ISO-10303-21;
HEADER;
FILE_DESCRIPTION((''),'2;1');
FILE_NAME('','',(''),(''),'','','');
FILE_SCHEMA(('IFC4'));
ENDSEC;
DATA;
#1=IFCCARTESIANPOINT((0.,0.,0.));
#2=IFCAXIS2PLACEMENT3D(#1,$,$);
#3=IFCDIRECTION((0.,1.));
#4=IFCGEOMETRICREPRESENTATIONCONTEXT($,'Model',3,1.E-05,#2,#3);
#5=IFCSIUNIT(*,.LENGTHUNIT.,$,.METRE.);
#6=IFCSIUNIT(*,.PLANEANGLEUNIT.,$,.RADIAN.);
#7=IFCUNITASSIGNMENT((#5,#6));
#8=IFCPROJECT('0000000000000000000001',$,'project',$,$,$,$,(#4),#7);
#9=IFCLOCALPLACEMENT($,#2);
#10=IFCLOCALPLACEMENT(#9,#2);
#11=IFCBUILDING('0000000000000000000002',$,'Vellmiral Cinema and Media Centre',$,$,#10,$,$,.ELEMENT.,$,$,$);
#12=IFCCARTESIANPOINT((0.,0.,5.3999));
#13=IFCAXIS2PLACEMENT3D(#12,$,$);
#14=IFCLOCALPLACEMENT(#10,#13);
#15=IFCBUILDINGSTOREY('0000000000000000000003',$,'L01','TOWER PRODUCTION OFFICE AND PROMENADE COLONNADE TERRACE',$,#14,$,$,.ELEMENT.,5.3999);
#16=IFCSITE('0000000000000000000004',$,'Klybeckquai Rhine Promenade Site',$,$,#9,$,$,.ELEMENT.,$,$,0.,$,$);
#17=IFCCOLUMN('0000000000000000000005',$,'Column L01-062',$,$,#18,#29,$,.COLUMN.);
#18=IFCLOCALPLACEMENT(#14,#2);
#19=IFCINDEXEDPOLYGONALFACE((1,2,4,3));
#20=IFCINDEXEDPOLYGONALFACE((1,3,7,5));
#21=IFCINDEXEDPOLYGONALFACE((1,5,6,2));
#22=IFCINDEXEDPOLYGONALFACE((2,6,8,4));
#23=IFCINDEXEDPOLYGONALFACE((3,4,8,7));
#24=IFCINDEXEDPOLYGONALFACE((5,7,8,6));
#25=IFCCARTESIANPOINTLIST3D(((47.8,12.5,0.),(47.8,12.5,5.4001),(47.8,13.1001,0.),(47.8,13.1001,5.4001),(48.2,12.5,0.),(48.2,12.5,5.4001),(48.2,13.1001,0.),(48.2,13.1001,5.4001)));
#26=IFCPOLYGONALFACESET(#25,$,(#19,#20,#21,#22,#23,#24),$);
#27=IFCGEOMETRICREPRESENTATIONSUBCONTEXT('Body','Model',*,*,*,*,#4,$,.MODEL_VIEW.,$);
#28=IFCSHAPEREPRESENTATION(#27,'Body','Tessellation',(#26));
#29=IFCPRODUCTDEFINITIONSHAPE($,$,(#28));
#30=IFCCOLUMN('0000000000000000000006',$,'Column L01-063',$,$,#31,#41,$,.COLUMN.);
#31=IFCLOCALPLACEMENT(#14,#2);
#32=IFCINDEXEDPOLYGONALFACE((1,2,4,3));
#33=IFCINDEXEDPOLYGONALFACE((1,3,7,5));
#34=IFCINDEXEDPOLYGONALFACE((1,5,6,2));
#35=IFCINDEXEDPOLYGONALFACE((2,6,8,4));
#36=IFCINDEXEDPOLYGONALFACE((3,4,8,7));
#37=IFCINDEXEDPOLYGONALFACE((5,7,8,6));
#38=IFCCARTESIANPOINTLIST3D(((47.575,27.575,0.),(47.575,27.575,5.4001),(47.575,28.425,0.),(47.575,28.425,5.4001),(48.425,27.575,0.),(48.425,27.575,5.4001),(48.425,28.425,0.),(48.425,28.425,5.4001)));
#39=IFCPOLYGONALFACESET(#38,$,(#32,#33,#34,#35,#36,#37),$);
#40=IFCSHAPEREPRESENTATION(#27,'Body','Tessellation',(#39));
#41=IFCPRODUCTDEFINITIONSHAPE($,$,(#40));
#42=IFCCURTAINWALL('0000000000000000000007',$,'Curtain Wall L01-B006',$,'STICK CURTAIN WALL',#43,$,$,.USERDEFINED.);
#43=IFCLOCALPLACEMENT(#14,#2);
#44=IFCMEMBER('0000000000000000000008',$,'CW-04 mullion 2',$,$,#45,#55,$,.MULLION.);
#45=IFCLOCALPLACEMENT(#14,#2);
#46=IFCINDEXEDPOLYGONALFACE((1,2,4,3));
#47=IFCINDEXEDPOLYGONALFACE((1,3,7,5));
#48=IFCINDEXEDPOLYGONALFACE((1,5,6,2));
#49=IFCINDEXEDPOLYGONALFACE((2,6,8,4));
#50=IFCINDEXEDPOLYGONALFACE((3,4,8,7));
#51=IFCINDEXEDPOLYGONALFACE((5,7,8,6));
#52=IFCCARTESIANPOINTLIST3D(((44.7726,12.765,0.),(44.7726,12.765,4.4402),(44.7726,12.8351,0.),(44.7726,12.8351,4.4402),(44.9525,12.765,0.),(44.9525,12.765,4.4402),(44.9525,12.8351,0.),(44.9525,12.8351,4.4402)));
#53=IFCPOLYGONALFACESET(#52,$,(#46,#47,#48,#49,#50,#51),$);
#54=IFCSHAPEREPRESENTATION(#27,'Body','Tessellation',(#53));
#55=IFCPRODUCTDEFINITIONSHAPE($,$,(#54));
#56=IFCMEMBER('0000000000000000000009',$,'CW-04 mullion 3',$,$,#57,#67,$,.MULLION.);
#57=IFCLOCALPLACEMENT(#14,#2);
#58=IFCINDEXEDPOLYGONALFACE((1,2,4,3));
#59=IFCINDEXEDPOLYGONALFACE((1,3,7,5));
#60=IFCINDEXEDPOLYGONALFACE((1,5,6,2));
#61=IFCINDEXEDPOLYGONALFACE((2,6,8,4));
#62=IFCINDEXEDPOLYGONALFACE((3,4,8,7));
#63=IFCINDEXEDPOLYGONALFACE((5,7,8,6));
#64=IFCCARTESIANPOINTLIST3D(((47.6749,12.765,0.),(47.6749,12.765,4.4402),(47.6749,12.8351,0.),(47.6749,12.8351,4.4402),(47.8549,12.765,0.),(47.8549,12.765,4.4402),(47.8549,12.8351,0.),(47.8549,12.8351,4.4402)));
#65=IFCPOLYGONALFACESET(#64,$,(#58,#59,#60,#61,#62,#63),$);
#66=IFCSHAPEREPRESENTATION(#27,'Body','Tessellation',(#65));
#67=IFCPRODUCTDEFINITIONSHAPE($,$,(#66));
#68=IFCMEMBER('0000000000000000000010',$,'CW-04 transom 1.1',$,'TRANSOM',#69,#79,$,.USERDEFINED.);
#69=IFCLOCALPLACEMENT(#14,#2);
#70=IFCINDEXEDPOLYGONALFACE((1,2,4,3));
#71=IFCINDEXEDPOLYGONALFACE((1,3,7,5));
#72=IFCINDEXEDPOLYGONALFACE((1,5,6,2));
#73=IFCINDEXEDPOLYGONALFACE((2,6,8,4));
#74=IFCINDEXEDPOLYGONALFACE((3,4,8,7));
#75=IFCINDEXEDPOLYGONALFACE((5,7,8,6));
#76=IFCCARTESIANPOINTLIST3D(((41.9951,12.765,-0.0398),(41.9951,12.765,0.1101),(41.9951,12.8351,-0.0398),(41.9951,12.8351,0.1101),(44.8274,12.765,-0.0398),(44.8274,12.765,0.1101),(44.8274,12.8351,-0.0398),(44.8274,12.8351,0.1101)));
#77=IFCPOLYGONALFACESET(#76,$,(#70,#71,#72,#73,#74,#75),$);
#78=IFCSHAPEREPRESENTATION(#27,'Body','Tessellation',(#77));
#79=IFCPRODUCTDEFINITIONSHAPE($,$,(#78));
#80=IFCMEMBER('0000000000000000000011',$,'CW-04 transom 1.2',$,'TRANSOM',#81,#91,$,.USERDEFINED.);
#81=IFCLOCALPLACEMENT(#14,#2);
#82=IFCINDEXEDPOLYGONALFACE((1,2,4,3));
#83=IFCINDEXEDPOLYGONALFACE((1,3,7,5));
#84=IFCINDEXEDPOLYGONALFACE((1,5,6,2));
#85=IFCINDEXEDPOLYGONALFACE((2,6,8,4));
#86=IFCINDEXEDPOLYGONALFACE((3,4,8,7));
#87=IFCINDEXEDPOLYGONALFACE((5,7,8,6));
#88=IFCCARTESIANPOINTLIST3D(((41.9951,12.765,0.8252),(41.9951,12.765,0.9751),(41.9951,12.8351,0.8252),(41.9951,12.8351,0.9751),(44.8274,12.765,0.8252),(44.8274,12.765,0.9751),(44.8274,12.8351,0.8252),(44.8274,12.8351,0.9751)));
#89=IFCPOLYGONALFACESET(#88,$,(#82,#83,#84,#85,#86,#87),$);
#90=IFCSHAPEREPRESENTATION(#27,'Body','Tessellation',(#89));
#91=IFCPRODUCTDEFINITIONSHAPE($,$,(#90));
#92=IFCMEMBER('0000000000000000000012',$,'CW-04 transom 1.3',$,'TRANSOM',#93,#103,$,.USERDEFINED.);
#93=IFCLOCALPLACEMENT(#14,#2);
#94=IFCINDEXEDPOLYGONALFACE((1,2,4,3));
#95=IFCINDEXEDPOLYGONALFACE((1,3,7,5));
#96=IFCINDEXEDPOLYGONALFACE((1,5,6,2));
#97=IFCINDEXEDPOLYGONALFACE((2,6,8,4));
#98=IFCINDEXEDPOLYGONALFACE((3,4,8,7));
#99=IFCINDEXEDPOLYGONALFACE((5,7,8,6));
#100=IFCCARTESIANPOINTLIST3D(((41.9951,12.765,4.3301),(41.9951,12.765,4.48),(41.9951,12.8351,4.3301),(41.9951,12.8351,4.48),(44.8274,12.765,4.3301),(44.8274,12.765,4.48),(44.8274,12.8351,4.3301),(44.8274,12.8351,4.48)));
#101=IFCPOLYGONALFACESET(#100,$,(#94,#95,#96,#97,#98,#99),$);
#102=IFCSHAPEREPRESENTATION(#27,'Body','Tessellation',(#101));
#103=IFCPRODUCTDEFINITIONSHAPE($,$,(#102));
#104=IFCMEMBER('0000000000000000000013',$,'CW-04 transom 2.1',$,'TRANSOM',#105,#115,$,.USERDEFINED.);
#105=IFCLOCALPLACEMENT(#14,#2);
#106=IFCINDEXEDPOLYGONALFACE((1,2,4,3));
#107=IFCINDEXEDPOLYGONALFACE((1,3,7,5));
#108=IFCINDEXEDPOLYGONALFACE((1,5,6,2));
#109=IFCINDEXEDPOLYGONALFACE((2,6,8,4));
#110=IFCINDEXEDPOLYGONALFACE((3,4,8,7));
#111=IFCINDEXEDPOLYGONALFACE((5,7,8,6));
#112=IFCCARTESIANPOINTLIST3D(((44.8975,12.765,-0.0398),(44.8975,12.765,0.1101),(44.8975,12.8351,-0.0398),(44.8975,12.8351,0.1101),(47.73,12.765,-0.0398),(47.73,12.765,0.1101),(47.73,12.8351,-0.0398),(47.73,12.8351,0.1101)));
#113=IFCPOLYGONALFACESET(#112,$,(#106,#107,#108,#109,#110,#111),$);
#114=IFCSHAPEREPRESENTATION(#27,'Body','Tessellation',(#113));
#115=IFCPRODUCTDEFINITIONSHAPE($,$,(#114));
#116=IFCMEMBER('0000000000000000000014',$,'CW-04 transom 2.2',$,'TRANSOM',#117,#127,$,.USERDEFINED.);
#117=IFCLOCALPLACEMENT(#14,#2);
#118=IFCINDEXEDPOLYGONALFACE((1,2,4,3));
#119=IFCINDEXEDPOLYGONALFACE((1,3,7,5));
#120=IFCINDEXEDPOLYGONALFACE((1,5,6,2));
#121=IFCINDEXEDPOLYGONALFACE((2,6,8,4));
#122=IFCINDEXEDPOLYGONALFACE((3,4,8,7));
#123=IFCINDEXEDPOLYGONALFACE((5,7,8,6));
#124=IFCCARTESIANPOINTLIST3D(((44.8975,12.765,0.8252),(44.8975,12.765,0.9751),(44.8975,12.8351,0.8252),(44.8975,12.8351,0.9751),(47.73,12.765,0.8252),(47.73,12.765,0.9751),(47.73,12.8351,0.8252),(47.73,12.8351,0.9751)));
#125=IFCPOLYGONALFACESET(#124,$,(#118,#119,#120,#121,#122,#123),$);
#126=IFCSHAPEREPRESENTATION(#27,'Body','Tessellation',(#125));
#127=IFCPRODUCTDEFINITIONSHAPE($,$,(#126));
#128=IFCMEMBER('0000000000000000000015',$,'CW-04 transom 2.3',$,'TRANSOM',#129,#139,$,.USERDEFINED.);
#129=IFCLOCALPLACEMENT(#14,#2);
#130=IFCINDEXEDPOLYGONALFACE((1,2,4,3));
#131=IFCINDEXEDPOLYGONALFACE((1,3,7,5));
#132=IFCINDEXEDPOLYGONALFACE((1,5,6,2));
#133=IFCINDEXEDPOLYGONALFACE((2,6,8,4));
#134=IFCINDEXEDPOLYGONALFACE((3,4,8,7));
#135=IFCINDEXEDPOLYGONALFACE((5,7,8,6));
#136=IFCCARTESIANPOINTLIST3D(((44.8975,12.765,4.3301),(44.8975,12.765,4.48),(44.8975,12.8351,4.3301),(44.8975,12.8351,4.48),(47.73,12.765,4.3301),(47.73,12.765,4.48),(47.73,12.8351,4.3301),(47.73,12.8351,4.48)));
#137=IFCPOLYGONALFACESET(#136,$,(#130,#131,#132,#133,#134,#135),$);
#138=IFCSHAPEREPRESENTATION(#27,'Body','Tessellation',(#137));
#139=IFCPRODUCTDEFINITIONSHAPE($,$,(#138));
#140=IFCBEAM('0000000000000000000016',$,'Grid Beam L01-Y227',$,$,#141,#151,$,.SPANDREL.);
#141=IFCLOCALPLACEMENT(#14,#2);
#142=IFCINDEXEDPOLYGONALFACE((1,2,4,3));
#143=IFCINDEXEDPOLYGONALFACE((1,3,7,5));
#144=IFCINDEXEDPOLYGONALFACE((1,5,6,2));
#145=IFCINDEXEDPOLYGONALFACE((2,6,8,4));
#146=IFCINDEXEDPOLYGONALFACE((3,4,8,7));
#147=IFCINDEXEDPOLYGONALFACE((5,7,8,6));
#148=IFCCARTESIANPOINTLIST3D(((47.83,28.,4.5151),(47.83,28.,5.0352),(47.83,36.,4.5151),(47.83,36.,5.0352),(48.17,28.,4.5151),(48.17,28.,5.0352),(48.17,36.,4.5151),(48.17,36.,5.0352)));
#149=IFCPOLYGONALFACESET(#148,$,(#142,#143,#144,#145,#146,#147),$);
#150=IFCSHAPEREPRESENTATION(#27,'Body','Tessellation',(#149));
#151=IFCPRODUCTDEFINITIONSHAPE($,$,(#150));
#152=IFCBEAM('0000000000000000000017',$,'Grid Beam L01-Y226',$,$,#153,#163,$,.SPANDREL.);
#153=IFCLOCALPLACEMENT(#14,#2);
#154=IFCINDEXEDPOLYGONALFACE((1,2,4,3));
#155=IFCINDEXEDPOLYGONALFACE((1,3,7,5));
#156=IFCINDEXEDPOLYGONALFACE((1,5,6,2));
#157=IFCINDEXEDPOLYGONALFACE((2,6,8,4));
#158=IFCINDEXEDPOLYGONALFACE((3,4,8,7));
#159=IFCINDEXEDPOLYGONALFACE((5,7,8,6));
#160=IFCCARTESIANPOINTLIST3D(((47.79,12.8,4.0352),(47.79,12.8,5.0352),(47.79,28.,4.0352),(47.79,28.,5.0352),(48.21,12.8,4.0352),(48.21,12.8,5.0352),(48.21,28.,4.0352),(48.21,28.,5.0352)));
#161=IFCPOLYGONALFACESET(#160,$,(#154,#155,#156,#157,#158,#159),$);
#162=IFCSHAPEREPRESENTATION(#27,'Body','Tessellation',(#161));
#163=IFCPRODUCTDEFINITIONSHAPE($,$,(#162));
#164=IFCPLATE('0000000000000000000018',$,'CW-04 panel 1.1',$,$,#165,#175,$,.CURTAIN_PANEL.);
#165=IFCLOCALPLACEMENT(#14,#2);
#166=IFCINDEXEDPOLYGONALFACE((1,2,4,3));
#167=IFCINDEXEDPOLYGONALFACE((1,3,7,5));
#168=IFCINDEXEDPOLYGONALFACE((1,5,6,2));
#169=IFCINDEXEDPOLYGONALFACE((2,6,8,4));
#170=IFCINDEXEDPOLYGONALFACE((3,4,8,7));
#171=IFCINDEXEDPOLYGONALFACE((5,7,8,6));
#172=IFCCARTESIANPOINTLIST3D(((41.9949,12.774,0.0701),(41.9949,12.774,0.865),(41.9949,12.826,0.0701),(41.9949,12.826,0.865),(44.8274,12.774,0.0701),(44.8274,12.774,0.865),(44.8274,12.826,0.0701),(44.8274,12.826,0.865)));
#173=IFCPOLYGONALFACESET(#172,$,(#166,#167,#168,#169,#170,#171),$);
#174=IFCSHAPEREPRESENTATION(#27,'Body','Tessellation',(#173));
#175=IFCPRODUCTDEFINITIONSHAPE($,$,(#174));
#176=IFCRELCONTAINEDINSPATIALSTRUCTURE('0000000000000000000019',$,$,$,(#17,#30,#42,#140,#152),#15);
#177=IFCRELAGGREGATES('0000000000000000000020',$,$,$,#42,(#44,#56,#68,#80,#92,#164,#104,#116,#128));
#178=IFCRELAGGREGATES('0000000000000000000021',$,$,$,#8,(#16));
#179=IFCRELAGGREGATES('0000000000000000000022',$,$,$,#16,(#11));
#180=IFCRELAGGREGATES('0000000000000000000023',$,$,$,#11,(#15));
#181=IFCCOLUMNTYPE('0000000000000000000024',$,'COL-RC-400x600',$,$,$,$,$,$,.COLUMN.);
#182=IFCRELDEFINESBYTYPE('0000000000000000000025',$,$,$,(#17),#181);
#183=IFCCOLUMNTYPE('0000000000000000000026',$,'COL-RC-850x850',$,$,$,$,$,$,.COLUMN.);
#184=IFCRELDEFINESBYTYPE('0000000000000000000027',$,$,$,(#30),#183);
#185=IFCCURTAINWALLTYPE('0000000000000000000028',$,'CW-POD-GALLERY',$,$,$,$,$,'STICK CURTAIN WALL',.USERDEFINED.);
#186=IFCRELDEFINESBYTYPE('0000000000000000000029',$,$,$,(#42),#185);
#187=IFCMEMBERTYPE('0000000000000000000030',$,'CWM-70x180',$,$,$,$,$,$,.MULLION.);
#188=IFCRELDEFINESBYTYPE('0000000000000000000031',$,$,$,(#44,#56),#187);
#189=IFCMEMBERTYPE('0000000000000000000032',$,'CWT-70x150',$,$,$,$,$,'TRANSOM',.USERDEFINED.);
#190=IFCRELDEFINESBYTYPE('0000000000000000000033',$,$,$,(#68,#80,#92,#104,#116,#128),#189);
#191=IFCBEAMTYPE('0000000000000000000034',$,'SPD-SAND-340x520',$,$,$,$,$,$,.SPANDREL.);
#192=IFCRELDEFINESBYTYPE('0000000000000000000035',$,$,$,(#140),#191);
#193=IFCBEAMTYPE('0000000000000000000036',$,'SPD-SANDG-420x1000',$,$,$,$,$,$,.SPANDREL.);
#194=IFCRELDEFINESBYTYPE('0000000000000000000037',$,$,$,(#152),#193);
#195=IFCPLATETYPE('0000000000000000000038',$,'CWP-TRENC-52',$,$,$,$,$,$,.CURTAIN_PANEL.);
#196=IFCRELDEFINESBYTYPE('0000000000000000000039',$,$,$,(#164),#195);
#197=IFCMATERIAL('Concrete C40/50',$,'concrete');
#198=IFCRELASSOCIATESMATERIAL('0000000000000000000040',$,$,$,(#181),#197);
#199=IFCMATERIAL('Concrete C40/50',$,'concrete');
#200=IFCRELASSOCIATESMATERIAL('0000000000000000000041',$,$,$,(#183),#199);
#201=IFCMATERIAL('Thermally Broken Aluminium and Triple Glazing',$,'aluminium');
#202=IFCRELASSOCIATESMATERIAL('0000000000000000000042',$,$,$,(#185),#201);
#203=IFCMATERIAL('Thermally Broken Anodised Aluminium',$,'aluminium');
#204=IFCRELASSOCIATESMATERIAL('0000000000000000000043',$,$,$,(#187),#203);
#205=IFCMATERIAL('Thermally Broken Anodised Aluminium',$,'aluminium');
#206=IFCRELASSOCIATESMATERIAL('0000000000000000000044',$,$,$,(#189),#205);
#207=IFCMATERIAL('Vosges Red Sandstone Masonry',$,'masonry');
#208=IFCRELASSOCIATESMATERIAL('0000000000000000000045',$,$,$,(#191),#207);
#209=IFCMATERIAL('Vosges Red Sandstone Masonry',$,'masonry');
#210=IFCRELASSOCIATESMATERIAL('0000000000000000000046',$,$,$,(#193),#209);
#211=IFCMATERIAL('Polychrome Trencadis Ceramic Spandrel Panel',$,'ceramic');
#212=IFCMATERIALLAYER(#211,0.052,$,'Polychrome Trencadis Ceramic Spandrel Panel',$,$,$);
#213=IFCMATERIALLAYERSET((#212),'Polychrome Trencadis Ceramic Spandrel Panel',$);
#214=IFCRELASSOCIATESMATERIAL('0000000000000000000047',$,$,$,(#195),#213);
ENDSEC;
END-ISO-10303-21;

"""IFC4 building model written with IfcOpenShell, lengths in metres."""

from ifc_helpers import new_model, si_unit, direction, frame, origin, origin_2d, place, context, subcontext, project, spatial, rectangle, extrude, material, layer, layer_set, material_profile, profile_set, type_object, element, aggregate, save


model = new_model("IFC4")

# Units and contexts
model_context = context("Model", 3, precision=1e-05, world=origin(), true_north=direction((0.0, 1.0)))
body_context = subcontext(model_context, "Body", "Model", "MODEL_VIEW")
ifc_project = project(units=[si_unit("LENGTHUNIT", "METRE"), si_unit("PLANEANGLEUNIT", "RADIAN")], contexts=[model_context])

# Site, building, storey
site_placement = place(None, origin())
site = spatial("IfcSite", under=ifc_project, at=site_placement, Name="Klybeckquai Rhine Promenade Site", CompositionType="ELEMENT", RefElevation=0.0)
building_placement = place(site_placement, origin())
building = spatial("IfcBuilding", under=site, at=building_placement, Name="Vellmiral Cinema and Media Centre", CompositionType="ELEMENT")
storey_placement = place(building_placement, frame((0.0, 0.0, 5.3999)))
storey = spatial("IfcBuildingStorey", under=building, at=storey_placement, Name="L01", Description="TOWER PRODUCTION OFFICE AND PROMENADE COLONNADE TERRACE", CompositionType="ELEMENT", Elevation=5.3999)

# Columns
ifc_material_1 = material(Name="Concrete C40/50", Category="concrete")
ifc_material_profile_1 = material_profile(ifc_material_1, rectangle(XDim=0.3999, YDim=0.6001, at=origin_2d()), Name="RC 400x600")
ifc_profile_set_1 = profile_set([ifc_material_profile_1], Name="Concrete C40/50")
column_type_1 = type_object("IfcColumnType", Name="COL-RC-400x600", PredefinedType="COLUMN", material=ifc_profile_set_1)
column_1_placement = place(storey_placement, frame((48.0, 12.8, 0.0), z_axis=(0.0, 0.0, 1.0), x_axis=(1.0, 0.0, 0.0)))
element("IfcColumn", 1, at=column_1_placement, inside=storey, type_object=column_type_1, Name="Column L01-062", PredefinedType="COLUMN", context=body_context, shape_type="SweptSolid", body=[
    extrude(rectangle(XDim=0.3999, YDim=0.6001, at=origin_2d()), origin(), (0.0, 0.0, 1.0), 5.4001),
])
ifc_material_2 = material(Name="Concrete C40/50", Category="concrete")
ifc_material_profile_2 = material_profile(ifc_material_2, rectangle(XDim=0.8501, YDim=0.8501, at=origin_2d()), Name="RC 850x850")
ifc_profile_set_2 = profile_set([ifc_material_profile_2], Name="Concrete C40/50")
column_type_2 = type_object("IfcColumnType", Name="COL-RC-850x850", PredefinedType="COLUMN", material=ifc_profile_set_2)
column_2_placement = place(storey_placement, frame((48.0, 28.0, 0.0), z_axis=(0.0, 0.0, 1.0), x_axis=(1.0, 0.0, 0.0)))
element("IfcColumn", 2, at=column_2_placement, inside=storey, type_object=column_type_2, Name="Column L01-063", PredefinedType="COLUMN", context=body_context, shape_type="SweptSolid", body=[
    extrude(rectangle(XDim=0.8501, YDim=0.8501, at=origin_2d()), origin(), (0.0, 0.0, 1.0), 5.4001),
])

# Curtain wall, members
ifc_material_3 = material(Name="Thermally Broken Aluminium and Triple Glazing", Category="aluminium")
curtain_wall_type = type_object("IfcCurtainWallType", Name="CW-POD-GALLERY", ElementType="STICK CURTAIN WALL", PredefinedType="USERDEFINED", material=ifc_material_3)
curtain_wall_placement = place(storey_placement, origin())
curtain_wall = element("IfcCurtainWall", 3, at=curtain_wall_placement, inside=storey, type_object=curtain_wall_type, Name="Curtain Wall L01-B006", ObjectType="STICK CURTAIN WALL", PredefinedType="USERDEFINED")
ifc_material_4 = material(Name="Thermally Broken Anodised Aluminium", Category="aluminium")
ifc_material_profile_3 = material_profile(ifc_material_4, rectangle(XDim=0.0701, YDim=0.1799, at=origin_2d()), Name="MULL 70x180")
ifc_profile_set_3 = profile_set([ifc_material_profile_3], Name="Thermally Broken Anodised Aluminium")
member_type_1 = type_object("IfcMemberType", Name="CWM-70x180", PredefinedType="MULLION", material=ifc_profile_set_3)
member_1_placement = place(storey_placement, frame((44.8625, 12.8, 0.0), z_axis=(0.0, 0.0, 1.0), x_axis=(0.0, 1.0, 0.0)))
member_1 = element("IfcMember", 4, at=member_1_placement, type_object=member_type_1, Name="CW-04 mullion 2", PredefinedType="MULLION", context=body_context, shape_type="SweptSolid", body=[
    extrude(rectangle(XDim=0.0701, YDim=0.1799, at=origin_2d()), origin(), (0.0, 0.0, 1.0), 4.4402),
])
member_2_placement = place(storey_placement, frame((47.7649, 12.8, 0.0), z_axis=(0.0, 0.0, 1.0), x_axis=(0.0, 1.0, 0.0)))
member_2 = element("IfcMember", 5, at=member_2_placement, type_object=member_type_1, Name="CW-04 mullion 3", PredefinedType="MULLION", context=body_context, shape_type="SweptSolid", body=[
    extrude(rectangle(XDim=0.0701, YDim=0.1799, at=origin_2d()), origin(), (0.0, 0.0, 1.0), 4.4402),
])
ifc_material_5 = material(Name="Thermally Broken Anodised Aluminium", Category="aluminium")
ifc_material_profile_4 = material_profile(ifc_material_5, rectangle(XDim=0.0701, YDim=0.1499, at=origin_2d()), Name="MULL 70x150")
ifc_profile_set_4 = profile_set([ifc_material_profile_4], Name="Thermally Broken Anodised Aluminium")
member_type_2 = type_object("IfcMemberType", Name="CWT-70x150", ElementType="TRANSOM", PredefinedType="USERDEFINED", material=ifc_profile_set_4)
member_3_placement = place(storey_placement, frame((41.9951, 12.8, 0.0352), z_axis=(1.0, 0.0, 0.0), x_axis=(0.0, 1.0, 0.0)))
member_3 = element("IfcMember", 6, at=member_3_placement, type_object=member_type_2, Name="CW-04 transom 1.1", ObjectType="TRANSOM", PredefinedType="USERDEFINED", context=body_context, shape_type="SweptSolid", body=[
    extrude(rectangle(XDim=0.0701, YDim=0.1499, at=origin_2d()), origin(), (0.0, 0.0, 1.0), 2.8323),
])
member_4_placement = place(storey_placement, frame((41.9951, 12.8, 0.9001), z_axis=(1.0, 0.0, 0.0), x_axis=(0.0, 1.0, 0.0)))
member_4 = element("IfcMember", 7, at=member_4_placement, type_object=member_type_2, Name="CW-04 transom 1.2", ObjectType="TRANSOM", PredefinedType="USERDEFINED", context=body_context, shape_type="SweptSolid", body=[
    extrude(rectangle(XDim=0.0701, YDim=0.1499, at=origin_2d()), origin(), (0.0, 0.0, 1.0), 2.8323),
])
member_5_placement = place(storey_placement, frame((41.9951, 12.8, 4.405), z_axis=(1.0, 0.0, 0.0), x_axis=(0.0, 1.0, 0.0)))
member_5 = element("IfcMember", 8, at=member_5_placement, type_object=member_type_2, Name="CW-04 transom 1.3", ObjectType="TRANSOM", PredefinedType="USERDEFINED", context=body_context, shape_type="SweptSolid", body=[
    extrude(rectangle(XDim=0.0701, YDim=0.1499, at=origin_2d()), origin(), (0.0, 0.0, 1.0), 2.8323),
])
member_6_placement = place(storey_placement, frame((44.8975, 12.8, 0.0352), z_axis=(1.0, 0.0, 0.0), x_axis=(0.0, 1.0, 0.0)))
member_6 = element("IfcMember", 9, at=member_6_placement, type_object=member_type_2, Name="CW-04 transom 2.1", ObjectType="TRANSOM", PredefinedType="USERDEFINED", context=body_context, shape_type="SweptSolid", body=[
    extrude(rectangle(XDim=0.0701, YDim=0.1499, at=origin_2d()), origin(), (0.0, 0.0, 1.0), 2.8325),
])
member_7_placement = place(storey_placement, frame((44.8975, 12.8, 0.9001), z_axis=(1.0, 0.0, 0.0), x_axis=(0.0, 1.0, 0.0)))
member_7 = element("IfcMember", 10, at=member_7_placement, type_object=member_type_2, Name="CW-04 transom 2.2", ObjectType="TRANSOM", PredefinedType="USERDEFINED", context=body_context, shape_type="SweptSolid", body=[
    extrude(rectangle(XDim=0.0701, YDim=0.1499, at=origin_2d()), origin(), (0.0, 0.0, 1.0), 2.8325),
])
member_8_placement = place(storey_placement, frame((44.8975, 12.8, 4.405), z_axis=(1.0, 0.0, 0.0), x_axis=(0.0, 1.0, 0.0)))
member_8 = element("IfcMember", 11, at=member_8_placement, type_object=member_type_2, Name="CW-04 transom 2.3", ObjectType="TRANSOM", PredefinedType="USERDEFINED", context=body_context, shape_type="SweptSolid", body=[
    extrude(rectangle(XDim=0.0701, YDim=0.1499, at=origin_2d()), origin(), (0.0, 0.0, 1.0), 2.8325),
])

# Beams
ifc_material_6 = material(Name="Vosges Red Sandstone Masonry", Category="masonry")
ifc_material_profile_5 = material_profile(ifc_material_6, rectangle(XDim=0.3401, YDim=0.52, at=origin_2d()), Name="SAND 340x520")
ifc_profile_set_5 = profile_set([ifc_material_profile_5], Name="Vosges Red Sandstone Masonry")
beam_type_1 = type_object("IfcBeamType", Name="SPD-SAND-340x520", PredefinedType="SPANDREL", material=ifc_profile_set_5)
beam_1_placement = place(storey_placement, frame((48.0, 28.0, 4.7751), z_axis=(0.0, 1.0, 0.0), x_axis=(-1.0, 0.0, 0.0)))
element("IfcBeam", 12, at=beam_1_placement, inside=storey, type_object=beam_type_1, Name="Grid Beam L01-Y227", PredefinedType="SPANDREL", context=body_context, shape_type="SweptSolid", body=[
    extrude(rectangle(XDim=0.3401, YDim=0.52, at=origin_2d()), origin(), (0.0, 0.0, 1.0), 8.0),
])
ifc_material_7 = material(Name="Vosges Red Sandstone Masonry", Category="masonry")
ifc_material_profile_6 = material_profile(ifc_material_7, rectangle(XDim=0.4199, YDim=1.0, at=origin_2d()), Name="SAND 420x1000")
ifc_profile_set_6 = profile_set([ifc_material_profile_6], Name="Vosges Red Sandstone Masonry")
beam_type_2 = type_object("IfcBeamType", Name="SPD-SANDG-420x1000", PredefinedType="SPANDREL", material=ifc_profile_set_6)
beam_2_placement = place(storey_placement, frame((48.0, 12.8, 4.5352), z_axis=(0.0, 1.0, 0.0), x_axis=(-1.0, 0.0, 0.0)))
element("IfcBeam", 13, at=beam_2_placement, inside=storey, type_object=beam_type_2, Name="Grid Beam L01-Y226", PredefinedType="SPANDREL", context=body_context, shape_type="SweptSolid", body=[
    extrude(rectangle(XDim=0.4199, YDim=1.0, at=origin_2d()), origin(), (0.0, 0.0, 1.0), 15.2),
])

# Plate
ifc_material_8 = material(Name="Polychrome Trencadis Ceramic Spandrel Panel", Category="ceramic")
ifc_layer_1 = layer(ifc_material_8, 0.052, Name="Polychrome Trencadis Ceramic Spandrel Panel")
ifc_layer_set_1 = layer_set([ifc_layer_1], Name="Polychrome Trencadis Ceramic Spandrel Panel")
plate_type_1 = type_object("IfcPlateType", Name="CWP-TRENC-52", PredefinedType="CURTAIN_PANEL", material=ifc_layer_set_1)
plate_1_placement = place(storey_placement, frame((43.4111, 12.8, 0.0701), z_axis=(0.0, 0.0, 1.0), x_axis=(1.0, 0.0, 0.0)))
plate_1 = element("IfcPlate", 14, at=plate_1_placement, type_object=plate_type_1, Name="CW-04 panel 1.1", PredefinedType="CURTAIN_PANEL", context=body_context, shape_type="SweptSolid", body=[
    extrude(rectangle(XDim=2.8325, YDim=0.052, at=origin_2d()), origin(), (0.0, 0.0, 1.0), 0.7949),
])
aggregate(curtain_wall, [member_1, member_2, member_3, member_4, member_5, plate_1, member_6, member_7, member_8])

save(model, "model.ifc")
